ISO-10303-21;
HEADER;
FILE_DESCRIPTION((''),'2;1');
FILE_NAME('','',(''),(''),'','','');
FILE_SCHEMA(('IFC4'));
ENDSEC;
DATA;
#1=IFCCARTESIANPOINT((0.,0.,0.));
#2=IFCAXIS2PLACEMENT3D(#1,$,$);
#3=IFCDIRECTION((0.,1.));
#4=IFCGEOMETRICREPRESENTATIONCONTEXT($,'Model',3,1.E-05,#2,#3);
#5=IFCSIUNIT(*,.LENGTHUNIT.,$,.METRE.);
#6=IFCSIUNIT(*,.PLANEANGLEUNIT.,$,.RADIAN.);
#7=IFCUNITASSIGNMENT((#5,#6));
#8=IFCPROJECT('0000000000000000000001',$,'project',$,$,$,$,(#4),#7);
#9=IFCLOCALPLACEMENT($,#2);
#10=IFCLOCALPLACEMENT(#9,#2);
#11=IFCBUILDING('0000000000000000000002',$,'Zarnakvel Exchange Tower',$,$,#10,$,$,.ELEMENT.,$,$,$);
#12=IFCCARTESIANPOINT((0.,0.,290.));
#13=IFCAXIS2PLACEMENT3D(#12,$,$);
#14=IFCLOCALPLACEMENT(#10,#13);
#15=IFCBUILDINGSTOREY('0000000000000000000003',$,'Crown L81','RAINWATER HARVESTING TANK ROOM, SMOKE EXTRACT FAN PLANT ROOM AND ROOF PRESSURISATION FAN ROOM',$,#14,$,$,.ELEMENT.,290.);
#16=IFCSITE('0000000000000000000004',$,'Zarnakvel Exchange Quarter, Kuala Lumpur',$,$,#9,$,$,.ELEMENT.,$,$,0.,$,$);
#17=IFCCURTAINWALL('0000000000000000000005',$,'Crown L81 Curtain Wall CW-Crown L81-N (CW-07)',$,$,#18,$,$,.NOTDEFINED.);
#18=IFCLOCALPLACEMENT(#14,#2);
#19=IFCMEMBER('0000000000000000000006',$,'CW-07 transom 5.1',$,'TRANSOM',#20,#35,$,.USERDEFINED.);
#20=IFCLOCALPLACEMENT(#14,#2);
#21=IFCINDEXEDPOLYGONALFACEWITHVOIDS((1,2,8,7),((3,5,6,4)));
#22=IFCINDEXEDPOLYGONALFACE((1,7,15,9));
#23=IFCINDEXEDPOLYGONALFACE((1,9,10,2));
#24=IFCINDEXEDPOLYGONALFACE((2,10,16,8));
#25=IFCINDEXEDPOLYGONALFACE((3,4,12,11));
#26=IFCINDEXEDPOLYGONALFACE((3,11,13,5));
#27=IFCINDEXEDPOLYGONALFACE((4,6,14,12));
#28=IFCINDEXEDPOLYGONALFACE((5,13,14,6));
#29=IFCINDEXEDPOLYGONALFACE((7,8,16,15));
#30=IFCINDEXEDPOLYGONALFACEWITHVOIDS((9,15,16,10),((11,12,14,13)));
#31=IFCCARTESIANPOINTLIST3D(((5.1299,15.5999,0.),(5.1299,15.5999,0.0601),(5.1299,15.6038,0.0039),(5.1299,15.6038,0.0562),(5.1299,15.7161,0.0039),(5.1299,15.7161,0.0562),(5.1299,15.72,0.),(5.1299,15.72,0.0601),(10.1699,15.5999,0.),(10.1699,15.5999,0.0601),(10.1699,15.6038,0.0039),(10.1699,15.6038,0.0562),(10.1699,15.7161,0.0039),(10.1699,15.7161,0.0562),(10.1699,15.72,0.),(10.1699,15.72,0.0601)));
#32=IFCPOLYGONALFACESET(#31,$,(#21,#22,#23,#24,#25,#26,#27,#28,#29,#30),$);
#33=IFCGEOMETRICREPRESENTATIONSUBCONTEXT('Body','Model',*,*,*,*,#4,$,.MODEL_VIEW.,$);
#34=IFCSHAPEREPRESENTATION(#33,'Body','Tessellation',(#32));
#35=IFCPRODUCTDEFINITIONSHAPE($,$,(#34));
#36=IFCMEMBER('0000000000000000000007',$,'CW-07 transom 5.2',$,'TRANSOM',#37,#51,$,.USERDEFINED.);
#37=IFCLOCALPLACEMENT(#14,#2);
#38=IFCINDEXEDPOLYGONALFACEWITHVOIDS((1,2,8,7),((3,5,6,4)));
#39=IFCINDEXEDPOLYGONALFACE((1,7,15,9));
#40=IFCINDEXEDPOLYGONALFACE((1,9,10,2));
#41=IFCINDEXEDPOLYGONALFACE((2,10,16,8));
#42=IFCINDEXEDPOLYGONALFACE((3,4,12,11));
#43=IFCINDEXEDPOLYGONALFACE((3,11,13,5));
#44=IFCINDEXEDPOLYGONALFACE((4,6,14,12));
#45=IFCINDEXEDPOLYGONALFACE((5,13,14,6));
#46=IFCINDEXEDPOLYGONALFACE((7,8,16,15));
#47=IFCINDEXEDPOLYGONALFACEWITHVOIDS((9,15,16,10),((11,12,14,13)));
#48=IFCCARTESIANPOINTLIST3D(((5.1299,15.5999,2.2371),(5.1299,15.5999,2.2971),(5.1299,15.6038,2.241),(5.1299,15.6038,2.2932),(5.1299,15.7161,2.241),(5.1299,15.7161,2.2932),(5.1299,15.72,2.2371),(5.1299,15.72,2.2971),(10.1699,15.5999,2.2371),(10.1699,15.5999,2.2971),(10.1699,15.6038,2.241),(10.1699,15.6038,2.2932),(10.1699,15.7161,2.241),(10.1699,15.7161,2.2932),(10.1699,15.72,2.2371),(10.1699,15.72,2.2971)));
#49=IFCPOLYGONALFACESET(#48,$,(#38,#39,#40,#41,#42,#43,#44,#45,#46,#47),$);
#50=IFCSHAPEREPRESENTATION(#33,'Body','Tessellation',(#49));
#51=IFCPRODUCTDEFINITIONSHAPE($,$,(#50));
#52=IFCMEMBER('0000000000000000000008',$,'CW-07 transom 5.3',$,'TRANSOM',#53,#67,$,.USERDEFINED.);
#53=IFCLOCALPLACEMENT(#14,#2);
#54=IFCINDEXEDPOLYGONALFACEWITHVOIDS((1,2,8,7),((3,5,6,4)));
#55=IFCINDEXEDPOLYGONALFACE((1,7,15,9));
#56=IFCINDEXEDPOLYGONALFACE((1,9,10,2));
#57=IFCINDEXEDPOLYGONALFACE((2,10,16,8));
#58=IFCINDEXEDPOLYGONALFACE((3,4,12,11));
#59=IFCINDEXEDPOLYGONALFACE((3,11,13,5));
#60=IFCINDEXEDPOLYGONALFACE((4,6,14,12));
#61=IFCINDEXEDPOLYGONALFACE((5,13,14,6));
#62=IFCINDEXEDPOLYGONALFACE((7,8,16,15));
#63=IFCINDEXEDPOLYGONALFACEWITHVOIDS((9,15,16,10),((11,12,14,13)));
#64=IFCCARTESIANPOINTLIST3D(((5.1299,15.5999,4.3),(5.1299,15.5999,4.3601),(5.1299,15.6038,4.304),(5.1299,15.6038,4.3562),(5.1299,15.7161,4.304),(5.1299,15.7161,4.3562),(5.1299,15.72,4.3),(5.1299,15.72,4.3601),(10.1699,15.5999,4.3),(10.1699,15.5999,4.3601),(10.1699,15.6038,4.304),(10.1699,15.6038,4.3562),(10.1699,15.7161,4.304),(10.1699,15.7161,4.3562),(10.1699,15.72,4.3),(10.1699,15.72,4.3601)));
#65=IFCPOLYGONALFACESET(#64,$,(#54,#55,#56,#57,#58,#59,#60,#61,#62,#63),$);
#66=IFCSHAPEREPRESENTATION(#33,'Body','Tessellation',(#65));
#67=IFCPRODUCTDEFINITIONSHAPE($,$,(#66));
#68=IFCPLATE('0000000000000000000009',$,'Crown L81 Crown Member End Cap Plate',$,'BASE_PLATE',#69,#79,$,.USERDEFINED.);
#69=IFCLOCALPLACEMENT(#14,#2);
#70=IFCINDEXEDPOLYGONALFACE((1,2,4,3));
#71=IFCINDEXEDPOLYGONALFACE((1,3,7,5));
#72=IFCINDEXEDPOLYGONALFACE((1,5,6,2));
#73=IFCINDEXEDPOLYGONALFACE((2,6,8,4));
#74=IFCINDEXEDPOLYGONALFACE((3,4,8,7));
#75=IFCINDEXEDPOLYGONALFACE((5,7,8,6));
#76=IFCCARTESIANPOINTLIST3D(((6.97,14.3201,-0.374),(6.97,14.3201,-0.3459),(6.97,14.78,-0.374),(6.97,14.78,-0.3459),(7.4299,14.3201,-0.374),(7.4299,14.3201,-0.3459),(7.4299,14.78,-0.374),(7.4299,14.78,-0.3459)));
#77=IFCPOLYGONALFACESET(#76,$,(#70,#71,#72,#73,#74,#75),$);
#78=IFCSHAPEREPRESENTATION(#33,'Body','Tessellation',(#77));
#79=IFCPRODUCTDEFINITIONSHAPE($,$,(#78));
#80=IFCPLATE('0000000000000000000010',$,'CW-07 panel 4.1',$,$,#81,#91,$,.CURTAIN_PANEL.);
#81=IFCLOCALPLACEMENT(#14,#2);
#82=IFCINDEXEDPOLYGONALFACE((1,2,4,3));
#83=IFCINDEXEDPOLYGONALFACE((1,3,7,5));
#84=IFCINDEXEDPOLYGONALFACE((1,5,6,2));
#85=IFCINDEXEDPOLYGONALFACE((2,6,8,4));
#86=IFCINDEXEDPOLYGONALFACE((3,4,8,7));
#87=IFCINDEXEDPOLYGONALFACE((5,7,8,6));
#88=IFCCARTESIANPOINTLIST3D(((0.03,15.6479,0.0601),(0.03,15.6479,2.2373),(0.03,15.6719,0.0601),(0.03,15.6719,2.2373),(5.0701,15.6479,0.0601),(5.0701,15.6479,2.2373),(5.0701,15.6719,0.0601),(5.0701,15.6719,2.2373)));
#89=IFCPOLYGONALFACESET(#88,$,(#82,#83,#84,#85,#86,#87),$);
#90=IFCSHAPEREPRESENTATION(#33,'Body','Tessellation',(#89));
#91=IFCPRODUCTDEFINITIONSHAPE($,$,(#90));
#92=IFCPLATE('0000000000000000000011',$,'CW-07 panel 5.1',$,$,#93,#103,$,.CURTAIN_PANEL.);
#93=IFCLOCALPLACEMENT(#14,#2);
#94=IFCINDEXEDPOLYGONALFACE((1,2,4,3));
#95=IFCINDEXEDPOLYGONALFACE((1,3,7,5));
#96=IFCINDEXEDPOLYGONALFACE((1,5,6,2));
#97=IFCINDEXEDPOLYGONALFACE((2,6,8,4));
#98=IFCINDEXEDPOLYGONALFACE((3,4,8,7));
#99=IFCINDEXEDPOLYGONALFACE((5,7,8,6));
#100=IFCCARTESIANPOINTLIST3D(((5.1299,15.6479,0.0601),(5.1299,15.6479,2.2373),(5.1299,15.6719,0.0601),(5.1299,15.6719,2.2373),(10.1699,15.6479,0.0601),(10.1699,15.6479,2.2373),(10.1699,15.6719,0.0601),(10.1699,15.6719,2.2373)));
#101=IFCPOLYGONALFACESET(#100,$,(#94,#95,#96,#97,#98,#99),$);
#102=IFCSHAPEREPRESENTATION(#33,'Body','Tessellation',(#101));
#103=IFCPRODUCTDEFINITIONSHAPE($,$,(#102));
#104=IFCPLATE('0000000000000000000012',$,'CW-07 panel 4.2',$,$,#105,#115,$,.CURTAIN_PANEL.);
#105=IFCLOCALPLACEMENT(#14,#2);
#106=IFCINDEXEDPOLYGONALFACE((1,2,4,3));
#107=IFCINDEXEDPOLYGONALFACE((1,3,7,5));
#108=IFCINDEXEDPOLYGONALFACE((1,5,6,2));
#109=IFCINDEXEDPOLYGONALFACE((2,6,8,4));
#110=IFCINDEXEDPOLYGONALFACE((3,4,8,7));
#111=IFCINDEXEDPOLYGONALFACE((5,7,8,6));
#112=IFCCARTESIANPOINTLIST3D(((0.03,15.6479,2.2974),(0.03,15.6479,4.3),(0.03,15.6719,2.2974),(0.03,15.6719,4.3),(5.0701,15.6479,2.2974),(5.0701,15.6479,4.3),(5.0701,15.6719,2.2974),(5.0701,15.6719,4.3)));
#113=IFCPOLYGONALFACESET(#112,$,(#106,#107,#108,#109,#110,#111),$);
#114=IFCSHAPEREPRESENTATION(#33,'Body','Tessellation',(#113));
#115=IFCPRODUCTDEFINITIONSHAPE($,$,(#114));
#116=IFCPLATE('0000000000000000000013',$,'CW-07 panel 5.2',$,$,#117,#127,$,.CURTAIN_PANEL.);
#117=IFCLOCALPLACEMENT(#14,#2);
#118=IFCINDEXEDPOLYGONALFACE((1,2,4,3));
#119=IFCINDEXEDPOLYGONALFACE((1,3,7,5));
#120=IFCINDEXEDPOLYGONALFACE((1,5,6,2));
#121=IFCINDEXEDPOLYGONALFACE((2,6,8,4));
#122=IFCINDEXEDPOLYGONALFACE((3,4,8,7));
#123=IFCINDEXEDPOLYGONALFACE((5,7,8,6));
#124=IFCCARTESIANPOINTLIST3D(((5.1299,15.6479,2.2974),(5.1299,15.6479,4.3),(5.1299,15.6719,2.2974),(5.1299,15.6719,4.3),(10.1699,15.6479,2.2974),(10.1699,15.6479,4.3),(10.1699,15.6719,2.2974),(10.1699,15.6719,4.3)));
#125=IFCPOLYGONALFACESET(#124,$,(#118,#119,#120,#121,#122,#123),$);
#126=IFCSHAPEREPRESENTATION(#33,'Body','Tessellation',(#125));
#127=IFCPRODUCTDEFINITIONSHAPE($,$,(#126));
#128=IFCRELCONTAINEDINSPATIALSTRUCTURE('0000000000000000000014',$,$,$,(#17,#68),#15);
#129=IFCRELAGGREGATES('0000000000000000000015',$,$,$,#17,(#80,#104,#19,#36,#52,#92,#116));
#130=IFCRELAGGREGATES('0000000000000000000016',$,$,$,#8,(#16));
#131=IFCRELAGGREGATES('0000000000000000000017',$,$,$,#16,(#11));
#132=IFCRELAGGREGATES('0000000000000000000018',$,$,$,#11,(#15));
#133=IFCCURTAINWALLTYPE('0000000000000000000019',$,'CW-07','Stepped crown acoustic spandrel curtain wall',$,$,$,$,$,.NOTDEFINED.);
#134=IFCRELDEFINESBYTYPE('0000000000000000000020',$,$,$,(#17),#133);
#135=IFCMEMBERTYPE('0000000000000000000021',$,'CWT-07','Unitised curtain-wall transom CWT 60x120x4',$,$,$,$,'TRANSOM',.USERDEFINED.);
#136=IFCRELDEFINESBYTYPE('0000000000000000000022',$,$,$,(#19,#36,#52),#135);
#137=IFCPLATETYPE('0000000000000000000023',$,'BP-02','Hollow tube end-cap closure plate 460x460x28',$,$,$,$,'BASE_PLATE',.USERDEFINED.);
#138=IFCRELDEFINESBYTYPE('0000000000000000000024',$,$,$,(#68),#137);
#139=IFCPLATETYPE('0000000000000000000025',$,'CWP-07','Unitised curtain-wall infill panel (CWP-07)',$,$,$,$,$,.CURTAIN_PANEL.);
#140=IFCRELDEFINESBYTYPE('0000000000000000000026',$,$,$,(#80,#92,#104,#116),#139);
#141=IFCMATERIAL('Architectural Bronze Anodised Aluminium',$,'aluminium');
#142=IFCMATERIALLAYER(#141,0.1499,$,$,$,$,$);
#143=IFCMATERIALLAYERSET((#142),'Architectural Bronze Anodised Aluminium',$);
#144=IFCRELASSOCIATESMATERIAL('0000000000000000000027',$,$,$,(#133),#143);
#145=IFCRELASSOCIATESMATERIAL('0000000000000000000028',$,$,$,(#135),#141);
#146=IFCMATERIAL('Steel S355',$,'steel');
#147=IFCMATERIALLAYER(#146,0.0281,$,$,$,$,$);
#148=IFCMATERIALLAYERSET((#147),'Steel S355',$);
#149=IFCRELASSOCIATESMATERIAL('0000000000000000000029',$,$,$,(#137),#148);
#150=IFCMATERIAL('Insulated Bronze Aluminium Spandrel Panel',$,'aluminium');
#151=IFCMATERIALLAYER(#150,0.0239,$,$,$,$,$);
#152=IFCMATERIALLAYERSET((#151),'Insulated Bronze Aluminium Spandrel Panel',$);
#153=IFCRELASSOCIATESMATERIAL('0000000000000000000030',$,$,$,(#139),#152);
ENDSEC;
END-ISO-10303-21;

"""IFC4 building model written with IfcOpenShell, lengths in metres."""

from ifc_helpers import new_model, si_unit, direction, frame, origin, origin_2d, place, context, subcontext, project, spatial, rectangle, hollow_rectangle, extrude, source, transform, mapped, material, layer, layer_set, material_profile, profile_set, type_object, element, aggregate, save


model = new_model("IFC4")

# Units and contexts
model_context = context("Model", 3, precision=1e-05, world=origin(), true_north=direction((0.0, 1.0)))
body_context = subcontext(model_context, "Body", "Model", "MODEL_VIEW")
ifc_project = project(units=[si_unit("LENGTHUNIT", "METRE"), si_unit("PLANEANGLEUNIT", "RADIAN")], contexts=[model_context])

# Site, building, storey
site_placement = place(None, origin())
site = spatial("IfcSite", under=ifc_project, at=site_placement, Name="Zarnakvel Exchange Quarter, Kuala Lumpur", CompositionType="ELEMENT", RefElevation=0.0)
building_placement = place(site_placement, origin())
building = spatial("IfcBuilding", under=site, at=building_placement, Name="Zarnakvel Exchange Tower", CompositionType="ELEMENT")
storey_placement = place(building_placement, frame((0.0, 0.0, 290.0)))
storey = spatial("IfcBuildingStorey", under=building, at=storey_placement, Name="Crown L81", Description="RAINWATER HARVESTING TANK ROOM, SMOKE EXTRACT FAN PLANT ROOM AND ROOF PRESSURISATION FAN ROOM", CompositionType="ELEMENT", Elevation=290.0)

# Shared definitions
ifc_material_1 = material(Name="Steel S355", Category="steel")

# Curtain wall, members
ifc_material_2 = material(Name="Architectural Bronze Anodised Aluminium", Category="aluminium")
ifc_layer_1 = layer(ifc_material_2, 0.1499)
ifc_layer_set_1 = layer_set([ifc_layer_1], Name="Architectural Bronze Anodised Aluminium")
curtain_wall_type = type_object("IfcCurtainWallType", Name="CW-07", Description="Stepped crown acoustic spandrel curtain wall", PredefinedType="NOTDEFINED", material=ifc_layer_set_1)
curtain_wall_placement = place(storey_placement, origin())
curtain_wall = element("IfcCurtainWall", 1, at=curtain_wall_placement, inside=storey, type_object=curtain_wall_type, Name="Crown L81 Curtain Wall CW-Crown L81-N (CW-07)", PredefinedType="NOTDEFINED")
ifc_material_profile_1 = material_profile(ifc_material_2, hollow_rectangle(XDim=0.1201, YDim=0.0601, WallThickness=0.0039, at=origin_2d()))
ifc_profile_set_1 = profile_set([ifc_material_profile_1], Name="Architectural Bronze Anodised Aluminium")
member_type_1 = type_object("IfcMemberType", Name="CWT-07", Description="Unitised curtain-wall transom CWT 60x120x4", ElementType="TRANSOM", PredefinedType="USERDEFINED", material=ifc_profile_set_1)
shared_shape_1 = source(origin(), body_context, "Body", "SweptSolid", [
    extrude(hollow_rectangle(XDim=0.1201, YDim=0.0601, WallThickness=0.0039, at=origin_2d()), origin(), (0.0, 0.0, 1.0), 5.04),
])
member_1_placement = place(storey_placement, frame((5.1299, 15.6599, 0.03), z_axis=(1.0, 0.0, 0.0), x_axis=(0.0, 1.0, 0.0)))
member_1 = element("IfcMember", 2, at=member_1_placement, type_object=member_type_1, Name="CW-07 transom 5.1", ObjectType="TRANSOM", PredefinedType="USERDEFINED", context=body_context, shape_type="MappedRepresentation", body=[
    mapped(shared_shape_1, transform((0.0, 0.0, 0.0), x_axis=(1.0, 0.0, 0.0), y_axis=(0.0, 1.0, 0.0), z_axis=(0.0, 0.0, 1.0), scale=1.0)),
])
member_2_placement = place(storey_placement, frame((5.1299, 15.6599, 2.2671), z_axis=(1.0, 0.0, 0.0), x_axis=(0.0, 1.0, 0.0)))
member_2 = element("IfcMember", 3, at=member_2_placement, type_object=member_type_1, Name="CW-07 transom 5.2", ObjectType="TRANSOM", PredefinedType="USERDEFINED", context=body_context, shape_type="MappedRepresentation", body=[
    mapped(shared_shape_1, transform((0.0, 0.0, 0.0), x_axis=(1.0, 0.0, 0.0), y_axis=(0.0, 1.0, 0.0), z_axis=(0.0, 0.0, 1.0), scale=1.0)),
])
member_3_placement = place(storey_placement, frame((5.1299, 15.6599, 4.3301), z_axis=(1.0, 0.0, 0.0), x_axis=(0.0, 1.0, 0.0)))
member_3 = element("IfcMember", 4, at=member_3_placement, type_object=member_type_1, Name="CW-07 transom 5.3", ObjectType="TRANSOM", PredefinedType="USERDEFINED", context=body_context, shape_type="MappedRepresentation", body=[
    mapped(shared_shape_1, transform((0.0, 0.0, 0.0), x_axis=(1.0, 0.0, 0.0), y_axis=(0.0, 1.0, 0.0), z_axis=(0.0, 0.0, 1.0), scale=1.0)),
])

# Plates
ifc_layer_2 = layer(ifc_material_1, 0.0281)
ifc_layer_set_2 = layer_set([ifc_layer_2], Name="Steel S355")
plate_type_1 = type_object("IfcPlateType", Name="BP-02", Description="Hollow tube end-cap closure plate 460x460x28", ElementType="BASE_PLATE", PredefinedType="USERDEFINED", material=ifc_layer_set_2)
shared_shape_2 = source(origin(), body_context, "Body", "SweptSolid", [
    extrude(rectangle(XDim=0.46, YDim=0.46, at=origin_2d()), origin(), (0.0, 0.0, 1.0), 0.0281),
])
plate_1_placement = place(storey_placement, frame((7.2, 14.55, -0.374), z_axis=(0.0, 0.0, 1.0), x_axis=(1.0, 0.0, 0.0)))
element("IfcPlate", 5, at=plate_1_placement, inside=storey, type_object=plate_type_1, Name="Crown L81 Crown Member End Cap Plate", ObjectType="BASE_PLATE", PredefinedType="USERDEFINED", context=body_context, shape_type="MappedRepresentation", body=[
    mapped(shared_shape_2, transform((0.0, 0.0, 0.0), x_axis=(1.0, 0.0, 0.0), y_axis=(0.0, 1.0, 0.0), z_axis=(0.0, 0.0, 1.0), scale=1.0)),
])
ifc_material_3 = material(Name="Insulated Bronze Aluminium Spandrel Panel", Category="aluminium")
ifc_layer_3 = layer(ifc_material_3, 0.0239)
ifc_layer_set_3 = layer_set([ifc_layer_3], Name="Insulated Bronze Aluminium Spandrel Panel")
plate_type_2 = type_object("IfcPlateType", Name="CWP-07", Description="Unitised curtain-wall infill panel (CWP-07)", PredefinedType="CURTAIN_PANEL", material=ifc_layer_set_3)
shared_shape_3 = source(origin(), body_context, "Body", "SweptSolid", [
    extrude(rectangle(XDim=5.04, YDim=0.0239, at=origin_2d()), origin(), (0.0, 0.0, 1.0), 2.1772),
])
plate_2_placement = place(storey_placement, frame((2.55, 15.6599, 0.0601), z_axis=(0.0, 0.0, 1.0), x_axis=(1.0, 0.0, 0.0)))
plate_2 = element("IfcPlate", 6, at=plate_2_placement, type_object=plate_type_2, Name="CW-07 panel 4.1", PredefinedType="CURTAIN_PANEL", context=body_context, shape_type="MappedRepresentation", body=[
    mapped(shared_shape_3, transform((0.0, 0.0, 0.0), x_axis=(1.0, 0.0, 0.0), y_axis=(0.0, 1.0, 0.0), z_axis=(0.0, 0.0, 1.0), scale=1.0)),
])
plate_3_placement = place(storey_placement, frame((7.6499, 15.6599, 0.0601), z_axis=(0.0, 0.0, 1.0), x_axis=(1.0, 0.0, 0.0)))
plate_3 = element("IfcPlate", 7, at=plate_3_placement, type_object=plate_type_2, Name="CW-07 panel 5.1", PredefinedType="CURTAIN_PANEL", context=body_context, shape_type="MappedRepresentation", body=[
    mapped(shared_shape_3, transform((0.0, 0.0, 0.0), x_axis=(1.0, 0.0, 0.0), y_axis=(0.0, 1.0, 0.0), z_axis=(0.0, 0.0, 1.0), scale=1.0)),
])
shared_shape_4 = source(origin(), body_context, "Body", "SweptSolid", [
    extrude(rectangle(XDim=5.04, YDim=0.0239, at=origin_2d()), origin(), (0.0, 0.0, 1.0), 2.0027),
])
plate_4_placement = place(storey_placement, frame((2.55, 15.6599, 2.2974), z_axis=(0.0, 0.0, 1.0), x_axis=(1.0, 0.0, 0.0)))
plate_4 = element("IfcPlate", 8, at=plate_4_placement, type_object=plate_type_2, Name="CW-07 panel 4.2", PredefinedType="CURTAIN_PANEL", context=body_context, shape_type="MappedRepresentation", body=[
    mapped(shared_shape_4, transform((0.0, 0.0, 0.0), x_axis=(1.0, 0.0, 0.0), y_axis=(0.0, 1.0, 0.0), z_axis=(0.0, 0.0, 1.0), scale=1.0)),
])
plate_5_placement = place(storey_placement, frame((7.6499, 15.6599, 2.2974), z_axis=(0.0, 0.0, 1.0), x_axis=(1.0, 0.0, 0.0)))
plate_5 = element("IfcPlate", 9, at=plate_5_placement, type_object=plate_type_2, Name="CW-07 panel 5.2", PredefinedType="CURTAIN_PANEL", context=body_context, shape_type="MappedRepresentation", body=[
    mapped(shared_shape_4, transform((0.0, 0.0, 0.0), x_axis=(1.0, 0.0, 0.0), y_axis=(0.0, 1.0, 0.0), z_axis=(0.0, 0.0, 1.0), scale=1.0)),
])
aggregate(curtain_wall, [plate_2, plate_4, member_1, member_2, member_3, plate_3, plate_5])

save(model, "model.ifc")
